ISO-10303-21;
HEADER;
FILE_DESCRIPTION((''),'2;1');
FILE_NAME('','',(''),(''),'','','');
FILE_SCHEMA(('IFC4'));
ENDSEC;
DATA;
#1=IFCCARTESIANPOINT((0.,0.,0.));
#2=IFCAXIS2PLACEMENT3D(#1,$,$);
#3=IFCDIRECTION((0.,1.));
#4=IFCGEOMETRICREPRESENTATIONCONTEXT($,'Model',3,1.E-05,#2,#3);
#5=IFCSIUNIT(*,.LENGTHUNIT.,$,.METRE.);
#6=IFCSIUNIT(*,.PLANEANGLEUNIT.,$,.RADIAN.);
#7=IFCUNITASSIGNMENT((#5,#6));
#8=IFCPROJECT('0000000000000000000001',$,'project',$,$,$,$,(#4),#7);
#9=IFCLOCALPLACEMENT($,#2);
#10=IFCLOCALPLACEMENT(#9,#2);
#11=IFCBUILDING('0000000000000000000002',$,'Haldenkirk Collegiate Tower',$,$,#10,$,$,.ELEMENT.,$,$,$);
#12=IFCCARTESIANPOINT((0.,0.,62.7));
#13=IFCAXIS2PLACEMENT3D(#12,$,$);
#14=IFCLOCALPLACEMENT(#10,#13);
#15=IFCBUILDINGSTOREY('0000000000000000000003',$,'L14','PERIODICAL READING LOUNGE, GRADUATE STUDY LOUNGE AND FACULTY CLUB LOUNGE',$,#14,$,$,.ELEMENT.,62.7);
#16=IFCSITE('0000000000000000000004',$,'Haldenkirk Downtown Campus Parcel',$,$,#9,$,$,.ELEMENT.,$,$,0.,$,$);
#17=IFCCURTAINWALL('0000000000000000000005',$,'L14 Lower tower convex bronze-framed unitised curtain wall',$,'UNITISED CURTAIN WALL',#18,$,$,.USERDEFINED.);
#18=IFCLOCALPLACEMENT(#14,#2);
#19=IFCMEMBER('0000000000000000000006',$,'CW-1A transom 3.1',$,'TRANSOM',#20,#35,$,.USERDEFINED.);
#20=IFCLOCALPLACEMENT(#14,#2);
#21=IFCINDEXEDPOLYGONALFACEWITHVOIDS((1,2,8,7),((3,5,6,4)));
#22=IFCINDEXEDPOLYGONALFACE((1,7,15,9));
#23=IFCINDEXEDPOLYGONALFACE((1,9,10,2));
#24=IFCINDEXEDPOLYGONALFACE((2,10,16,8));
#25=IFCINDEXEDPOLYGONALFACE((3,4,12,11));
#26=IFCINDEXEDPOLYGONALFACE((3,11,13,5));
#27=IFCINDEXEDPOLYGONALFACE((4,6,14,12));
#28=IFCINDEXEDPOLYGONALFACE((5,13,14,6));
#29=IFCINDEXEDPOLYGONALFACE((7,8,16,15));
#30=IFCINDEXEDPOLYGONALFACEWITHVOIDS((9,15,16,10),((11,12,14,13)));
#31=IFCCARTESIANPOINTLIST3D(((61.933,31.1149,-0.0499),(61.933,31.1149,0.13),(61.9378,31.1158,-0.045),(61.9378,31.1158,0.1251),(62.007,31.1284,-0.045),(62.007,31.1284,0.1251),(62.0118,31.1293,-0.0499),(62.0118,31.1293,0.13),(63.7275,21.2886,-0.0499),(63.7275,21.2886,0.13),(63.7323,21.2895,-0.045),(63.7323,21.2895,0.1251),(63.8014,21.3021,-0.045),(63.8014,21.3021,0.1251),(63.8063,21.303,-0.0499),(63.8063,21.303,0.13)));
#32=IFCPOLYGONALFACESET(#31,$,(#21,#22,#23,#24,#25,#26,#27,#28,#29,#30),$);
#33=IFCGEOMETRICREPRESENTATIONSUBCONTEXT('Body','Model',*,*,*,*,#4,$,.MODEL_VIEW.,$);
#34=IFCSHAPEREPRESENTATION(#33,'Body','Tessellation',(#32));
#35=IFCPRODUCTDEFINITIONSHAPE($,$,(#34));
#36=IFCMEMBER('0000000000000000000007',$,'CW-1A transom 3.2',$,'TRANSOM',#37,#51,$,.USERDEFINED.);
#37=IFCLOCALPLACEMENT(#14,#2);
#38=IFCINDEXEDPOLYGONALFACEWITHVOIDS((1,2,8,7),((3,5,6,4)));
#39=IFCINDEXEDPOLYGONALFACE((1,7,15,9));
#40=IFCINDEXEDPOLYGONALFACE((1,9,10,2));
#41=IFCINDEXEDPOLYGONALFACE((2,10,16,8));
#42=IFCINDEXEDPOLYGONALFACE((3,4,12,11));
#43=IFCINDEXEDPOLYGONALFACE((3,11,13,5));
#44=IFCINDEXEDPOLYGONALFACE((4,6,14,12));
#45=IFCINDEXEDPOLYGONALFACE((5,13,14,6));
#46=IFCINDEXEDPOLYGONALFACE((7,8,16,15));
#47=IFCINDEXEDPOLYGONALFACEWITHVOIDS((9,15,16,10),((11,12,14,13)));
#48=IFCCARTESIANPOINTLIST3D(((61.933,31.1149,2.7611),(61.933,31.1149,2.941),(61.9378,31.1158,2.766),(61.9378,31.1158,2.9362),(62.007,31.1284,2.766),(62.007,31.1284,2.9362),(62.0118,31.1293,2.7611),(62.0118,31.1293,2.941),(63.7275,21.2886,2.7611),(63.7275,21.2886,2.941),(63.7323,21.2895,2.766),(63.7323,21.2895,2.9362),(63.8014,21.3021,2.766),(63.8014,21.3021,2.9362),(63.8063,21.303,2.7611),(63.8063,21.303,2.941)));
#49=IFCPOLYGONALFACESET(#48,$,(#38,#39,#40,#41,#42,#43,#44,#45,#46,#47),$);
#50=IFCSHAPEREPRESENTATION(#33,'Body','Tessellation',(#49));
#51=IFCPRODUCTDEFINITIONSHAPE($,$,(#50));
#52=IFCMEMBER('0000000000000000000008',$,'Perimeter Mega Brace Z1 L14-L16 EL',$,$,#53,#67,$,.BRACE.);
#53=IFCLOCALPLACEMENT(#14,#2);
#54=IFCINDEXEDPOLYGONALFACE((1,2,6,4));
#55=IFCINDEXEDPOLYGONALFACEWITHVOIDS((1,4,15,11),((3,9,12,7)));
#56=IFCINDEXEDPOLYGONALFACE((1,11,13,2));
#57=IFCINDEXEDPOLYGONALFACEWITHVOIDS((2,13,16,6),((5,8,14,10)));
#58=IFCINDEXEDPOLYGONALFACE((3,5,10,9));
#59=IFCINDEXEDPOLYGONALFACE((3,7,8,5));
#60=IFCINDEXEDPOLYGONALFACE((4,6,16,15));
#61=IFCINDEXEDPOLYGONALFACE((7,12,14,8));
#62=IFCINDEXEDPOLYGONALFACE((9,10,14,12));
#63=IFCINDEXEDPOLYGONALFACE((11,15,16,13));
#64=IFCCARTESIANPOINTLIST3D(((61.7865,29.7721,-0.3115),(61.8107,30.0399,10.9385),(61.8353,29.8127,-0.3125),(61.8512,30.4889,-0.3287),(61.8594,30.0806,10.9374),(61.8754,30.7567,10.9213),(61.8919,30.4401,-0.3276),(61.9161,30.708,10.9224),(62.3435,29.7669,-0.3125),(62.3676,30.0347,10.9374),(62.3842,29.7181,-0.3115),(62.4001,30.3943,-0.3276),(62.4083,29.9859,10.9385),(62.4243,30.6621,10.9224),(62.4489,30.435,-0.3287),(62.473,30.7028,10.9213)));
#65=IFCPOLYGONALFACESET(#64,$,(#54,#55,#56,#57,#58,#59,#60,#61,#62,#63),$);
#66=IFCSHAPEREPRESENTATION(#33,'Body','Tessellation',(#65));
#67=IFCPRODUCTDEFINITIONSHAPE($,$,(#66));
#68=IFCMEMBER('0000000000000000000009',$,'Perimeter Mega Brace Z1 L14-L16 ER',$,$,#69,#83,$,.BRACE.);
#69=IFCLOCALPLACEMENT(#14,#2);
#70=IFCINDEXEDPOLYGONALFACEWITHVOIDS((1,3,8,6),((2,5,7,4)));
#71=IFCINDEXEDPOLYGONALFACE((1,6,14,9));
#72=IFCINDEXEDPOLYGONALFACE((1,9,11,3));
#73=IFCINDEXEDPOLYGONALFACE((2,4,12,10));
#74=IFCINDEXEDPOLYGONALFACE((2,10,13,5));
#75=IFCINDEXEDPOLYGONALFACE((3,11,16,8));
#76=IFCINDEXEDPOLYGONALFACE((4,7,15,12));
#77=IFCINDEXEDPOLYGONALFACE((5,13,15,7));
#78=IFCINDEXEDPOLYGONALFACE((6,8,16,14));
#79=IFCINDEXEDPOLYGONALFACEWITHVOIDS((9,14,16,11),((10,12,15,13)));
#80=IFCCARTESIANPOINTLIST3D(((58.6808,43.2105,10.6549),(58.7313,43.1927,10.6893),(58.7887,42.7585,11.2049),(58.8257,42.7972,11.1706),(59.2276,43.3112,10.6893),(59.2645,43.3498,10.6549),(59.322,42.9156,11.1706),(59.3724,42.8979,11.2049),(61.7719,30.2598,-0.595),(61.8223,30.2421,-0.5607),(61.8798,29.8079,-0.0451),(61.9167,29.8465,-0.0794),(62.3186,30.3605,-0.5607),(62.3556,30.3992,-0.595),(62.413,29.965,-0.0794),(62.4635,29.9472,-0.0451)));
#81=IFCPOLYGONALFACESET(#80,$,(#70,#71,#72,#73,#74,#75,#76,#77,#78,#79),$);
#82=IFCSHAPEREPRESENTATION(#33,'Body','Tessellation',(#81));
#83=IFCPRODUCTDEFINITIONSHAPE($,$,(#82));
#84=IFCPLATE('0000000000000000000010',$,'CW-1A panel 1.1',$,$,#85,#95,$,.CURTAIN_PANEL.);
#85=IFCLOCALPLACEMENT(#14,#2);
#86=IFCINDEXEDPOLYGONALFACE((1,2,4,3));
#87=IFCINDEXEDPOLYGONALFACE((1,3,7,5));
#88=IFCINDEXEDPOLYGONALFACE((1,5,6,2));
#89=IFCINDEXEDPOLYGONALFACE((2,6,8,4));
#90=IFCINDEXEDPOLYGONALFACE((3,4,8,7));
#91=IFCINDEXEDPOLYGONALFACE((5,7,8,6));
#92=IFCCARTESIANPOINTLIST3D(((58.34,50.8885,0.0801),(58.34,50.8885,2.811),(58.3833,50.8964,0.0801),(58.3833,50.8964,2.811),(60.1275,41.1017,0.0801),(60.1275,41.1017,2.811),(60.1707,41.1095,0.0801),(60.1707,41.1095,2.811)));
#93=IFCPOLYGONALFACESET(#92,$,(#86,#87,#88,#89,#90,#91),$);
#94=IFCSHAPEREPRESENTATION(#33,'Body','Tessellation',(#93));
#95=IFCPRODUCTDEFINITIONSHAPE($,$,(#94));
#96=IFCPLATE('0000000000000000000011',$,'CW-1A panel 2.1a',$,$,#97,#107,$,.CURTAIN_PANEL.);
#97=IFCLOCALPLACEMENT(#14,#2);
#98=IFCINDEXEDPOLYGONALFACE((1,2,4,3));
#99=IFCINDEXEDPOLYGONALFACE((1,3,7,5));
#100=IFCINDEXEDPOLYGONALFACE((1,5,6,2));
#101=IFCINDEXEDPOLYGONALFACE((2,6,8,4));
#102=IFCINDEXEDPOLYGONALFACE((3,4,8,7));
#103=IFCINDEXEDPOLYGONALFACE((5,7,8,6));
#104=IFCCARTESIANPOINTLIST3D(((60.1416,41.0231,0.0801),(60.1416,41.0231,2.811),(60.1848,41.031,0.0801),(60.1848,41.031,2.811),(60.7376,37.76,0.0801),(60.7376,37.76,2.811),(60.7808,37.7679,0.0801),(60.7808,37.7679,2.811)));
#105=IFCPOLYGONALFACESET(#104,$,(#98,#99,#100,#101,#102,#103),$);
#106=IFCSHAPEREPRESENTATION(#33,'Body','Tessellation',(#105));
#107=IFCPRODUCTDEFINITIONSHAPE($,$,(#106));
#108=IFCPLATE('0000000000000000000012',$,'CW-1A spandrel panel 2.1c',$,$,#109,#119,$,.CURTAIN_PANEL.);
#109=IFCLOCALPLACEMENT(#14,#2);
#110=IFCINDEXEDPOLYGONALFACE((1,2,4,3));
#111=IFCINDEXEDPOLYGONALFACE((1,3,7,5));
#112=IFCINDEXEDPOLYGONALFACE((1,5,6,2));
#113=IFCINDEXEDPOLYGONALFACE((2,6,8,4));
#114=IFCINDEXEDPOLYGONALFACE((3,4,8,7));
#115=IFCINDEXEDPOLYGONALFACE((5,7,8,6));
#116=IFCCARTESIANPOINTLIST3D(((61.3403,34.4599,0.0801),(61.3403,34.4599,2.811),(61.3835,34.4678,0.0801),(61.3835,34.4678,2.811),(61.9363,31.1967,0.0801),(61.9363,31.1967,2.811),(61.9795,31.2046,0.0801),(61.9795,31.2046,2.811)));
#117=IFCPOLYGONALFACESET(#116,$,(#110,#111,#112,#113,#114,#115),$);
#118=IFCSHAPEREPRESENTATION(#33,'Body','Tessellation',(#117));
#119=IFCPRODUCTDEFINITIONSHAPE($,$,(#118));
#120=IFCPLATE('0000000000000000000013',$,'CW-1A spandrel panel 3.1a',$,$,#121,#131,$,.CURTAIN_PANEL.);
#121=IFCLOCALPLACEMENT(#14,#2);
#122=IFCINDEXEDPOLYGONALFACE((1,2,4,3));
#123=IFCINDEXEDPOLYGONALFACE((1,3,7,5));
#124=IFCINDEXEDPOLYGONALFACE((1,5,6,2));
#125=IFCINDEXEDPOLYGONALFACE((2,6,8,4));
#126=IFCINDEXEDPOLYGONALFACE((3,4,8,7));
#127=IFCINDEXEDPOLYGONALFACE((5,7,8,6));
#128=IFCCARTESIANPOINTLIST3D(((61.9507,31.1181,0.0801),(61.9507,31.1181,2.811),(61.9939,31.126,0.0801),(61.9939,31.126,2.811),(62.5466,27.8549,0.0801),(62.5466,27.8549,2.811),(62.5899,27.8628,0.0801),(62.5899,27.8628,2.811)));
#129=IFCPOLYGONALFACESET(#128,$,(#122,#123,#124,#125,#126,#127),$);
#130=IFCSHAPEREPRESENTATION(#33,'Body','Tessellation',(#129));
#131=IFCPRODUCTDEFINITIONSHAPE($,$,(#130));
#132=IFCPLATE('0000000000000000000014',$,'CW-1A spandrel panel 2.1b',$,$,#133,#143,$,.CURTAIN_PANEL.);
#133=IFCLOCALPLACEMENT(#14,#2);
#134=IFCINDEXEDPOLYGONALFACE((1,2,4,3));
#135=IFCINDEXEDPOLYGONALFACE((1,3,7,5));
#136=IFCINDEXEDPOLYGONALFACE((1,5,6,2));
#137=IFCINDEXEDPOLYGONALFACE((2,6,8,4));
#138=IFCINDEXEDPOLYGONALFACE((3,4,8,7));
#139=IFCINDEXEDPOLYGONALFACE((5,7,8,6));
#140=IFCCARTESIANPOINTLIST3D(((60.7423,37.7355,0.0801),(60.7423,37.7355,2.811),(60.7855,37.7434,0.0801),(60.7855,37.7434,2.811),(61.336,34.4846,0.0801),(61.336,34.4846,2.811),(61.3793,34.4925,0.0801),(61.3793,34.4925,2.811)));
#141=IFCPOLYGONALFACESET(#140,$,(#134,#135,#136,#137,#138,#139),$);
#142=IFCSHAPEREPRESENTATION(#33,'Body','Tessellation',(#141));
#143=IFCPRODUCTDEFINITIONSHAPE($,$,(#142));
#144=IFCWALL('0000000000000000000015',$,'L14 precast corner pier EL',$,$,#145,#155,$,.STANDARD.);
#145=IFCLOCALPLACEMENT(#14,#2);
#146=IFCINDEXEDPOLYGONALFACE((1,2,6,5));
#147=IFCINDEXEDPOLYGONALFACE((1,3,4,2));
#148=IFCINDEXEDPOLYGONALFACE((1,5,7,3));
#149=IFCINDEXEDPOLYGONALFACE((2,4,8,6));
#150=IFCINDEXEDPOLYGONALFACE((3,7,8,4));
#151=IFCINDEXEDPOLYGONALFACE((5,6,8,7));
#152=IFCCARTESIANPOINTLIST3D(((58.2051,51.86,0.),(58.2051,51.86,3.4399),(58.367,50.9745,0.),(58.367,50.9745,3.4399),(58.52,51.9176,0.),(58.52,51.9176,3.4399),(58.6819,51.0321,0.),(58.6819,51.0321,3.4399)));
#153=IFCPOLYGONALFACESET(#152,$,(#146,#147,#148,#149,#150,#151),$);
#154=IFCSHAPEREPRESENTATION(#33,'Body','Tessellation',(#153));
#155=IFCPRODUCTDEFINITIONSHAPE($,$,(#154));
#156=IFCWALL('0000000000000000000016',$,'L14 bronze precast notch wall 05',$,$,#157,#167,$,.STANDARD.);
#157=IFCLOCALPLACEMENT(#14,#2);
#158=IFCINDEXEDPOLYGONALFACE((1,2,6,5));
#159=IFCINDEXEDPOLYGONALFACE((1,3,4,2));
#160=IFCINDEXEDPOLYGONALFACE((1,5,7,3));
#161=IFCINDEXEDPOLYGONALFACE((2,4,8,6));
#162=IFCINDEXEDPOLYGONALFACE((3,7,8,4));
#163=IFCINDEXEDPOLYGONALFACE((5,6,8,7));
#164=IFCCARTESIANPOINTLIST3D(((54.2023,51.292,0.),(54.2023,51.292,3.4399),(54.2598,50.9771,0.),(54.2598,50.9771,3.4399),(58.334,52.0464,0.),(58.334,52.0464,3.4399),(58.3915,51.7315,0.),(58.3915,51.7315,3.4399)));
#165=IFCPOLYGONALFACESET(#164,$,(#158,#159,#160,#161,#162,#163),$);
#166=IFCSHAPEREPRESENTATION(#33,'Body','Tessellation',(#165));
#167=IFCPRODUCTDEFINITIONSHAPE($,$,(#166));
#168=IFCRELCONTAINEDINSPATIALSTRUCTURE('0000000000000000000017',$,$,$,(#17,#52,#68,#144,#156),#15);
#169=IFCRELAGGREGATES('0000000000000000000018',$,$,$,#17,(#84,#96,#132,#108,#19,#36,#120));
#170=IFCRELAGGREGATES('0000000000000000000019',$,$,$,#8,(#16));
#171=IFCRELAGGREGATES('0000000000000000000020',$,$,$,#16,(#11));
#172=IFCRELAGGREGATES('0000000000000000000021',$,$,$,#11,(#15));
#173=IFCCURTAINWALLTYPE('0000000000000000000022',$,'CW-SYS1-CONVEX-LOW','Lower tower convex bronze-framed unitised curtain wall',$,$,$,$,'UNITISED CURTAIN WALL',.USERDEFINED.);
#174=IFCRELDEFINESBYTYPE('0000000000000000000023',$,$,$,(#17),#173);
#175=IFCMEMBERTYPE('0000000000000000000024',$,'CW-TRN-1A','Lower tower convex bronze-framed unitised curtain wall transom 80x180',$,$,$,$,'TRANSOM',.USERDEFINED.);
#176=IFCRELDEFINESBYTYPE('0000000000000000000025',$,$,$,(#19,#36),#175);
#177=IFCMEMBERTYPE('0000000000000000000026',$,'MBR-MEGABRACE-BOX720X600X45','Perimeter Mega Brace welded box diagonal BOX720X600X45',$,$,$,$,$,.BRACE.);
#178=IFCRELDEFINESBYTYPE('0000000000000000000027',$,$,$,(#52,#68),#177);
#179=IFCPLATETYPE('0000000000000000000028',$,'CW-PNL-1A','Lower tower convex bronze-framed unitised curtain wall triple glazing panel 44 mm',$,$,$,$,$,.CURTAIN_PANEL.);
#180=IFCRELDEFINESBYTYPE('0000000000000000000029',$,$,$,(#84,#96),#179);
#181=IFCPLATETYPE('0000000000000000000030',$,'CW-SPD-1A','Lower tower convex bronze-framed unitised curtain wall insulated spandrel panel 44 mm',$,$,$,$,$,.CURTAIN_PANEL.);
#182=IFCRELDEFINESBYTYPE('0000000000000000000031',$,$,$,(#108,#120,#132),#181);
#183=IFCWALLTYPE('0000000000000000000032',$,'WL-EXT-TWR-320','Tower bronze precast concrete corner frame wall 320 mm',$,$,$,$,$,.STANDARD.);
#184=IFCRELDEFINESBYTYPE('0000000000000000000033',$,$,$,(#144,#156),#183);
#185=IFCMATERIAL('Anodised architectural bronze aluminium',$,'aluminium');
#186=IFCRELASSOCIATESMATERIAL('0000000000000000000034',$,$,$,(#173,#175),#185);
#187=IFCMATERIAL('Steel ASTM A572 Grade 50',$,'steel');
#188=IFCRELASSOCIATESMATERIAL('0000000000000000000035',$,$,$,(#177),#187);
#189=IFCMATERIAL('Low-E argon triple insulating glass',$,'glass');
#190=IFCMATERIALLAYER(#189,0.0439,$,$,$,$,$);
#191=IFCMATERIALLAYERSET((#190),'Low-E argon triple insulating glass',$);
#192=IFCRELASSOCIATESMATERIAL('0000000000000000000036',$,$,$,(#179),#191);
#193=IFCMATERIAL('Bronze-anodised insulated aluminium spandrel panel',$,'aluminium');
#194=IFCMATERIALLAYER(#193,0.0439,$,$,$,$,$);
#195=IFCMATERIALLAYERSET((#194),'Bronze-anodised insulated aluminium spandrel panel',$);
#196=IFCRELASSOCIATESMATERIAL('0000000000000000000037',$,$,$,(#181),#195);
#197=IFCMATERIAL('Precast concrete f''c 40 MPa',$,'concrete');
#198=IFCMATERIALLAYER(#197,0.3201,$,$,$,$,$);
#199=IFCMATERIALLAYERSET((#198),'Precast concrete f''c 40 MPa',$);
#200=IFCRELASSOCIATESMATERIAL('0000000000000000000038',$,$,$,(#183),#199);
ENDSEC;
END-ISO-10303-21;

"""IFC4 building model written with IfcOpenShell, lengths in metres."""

from ifc_helpers import new_model, si_unit, direction, frame, frame_2d, origin, origin_2d, place, context, subcontext, project, spatial, rectangle, hollow_rectangle, extrude, source, transform, mapped, material, layer, layer_set, material_profile, profile_set, type_object, element, aggregate, save


model = new_model("IFC4")

# Units and contexts
model_context = context("Model", 3, precision=1e-05, world=origin(), true_north=direction((0.0, 1.0)))
body_context = subcontext(model_context, "Body", "Model", "MODEL_VIEW")
ifc_project = project(units=[si_unit("LENGTHUNIT", "METRE"), si_unit("PLANEANGLEUNIT", "RADIAN")], contexts=[model_context])

# Site, building, storey
site_placement = place(None, origin())
site = spatial("IfcSite", under=ifc_project, at=site_placement, Name="Haldenkirk Downtown Campus Parcel", CompositionType="ELEMENT", RefElevation=0.0)
building_placement = place(site_placement, origin())
building = spatial("IfcBuilding", under=site, at=building_placement, Name="Haldenkirk Collegiate Tower", CompositionType="ELEMENT")
storey_placement = place(building_placement, frame((0.0, 0.0, 62.7)))
storey = spatial("IfcBuildingStorey", under=building, at=storey_placement, Name="L14", Description="PERIODICAL READING LOUNGE, GRADUATE STUDY LOUNGE AND FACULTY CLUB LOUNGE", CompositionType="ELEMENT", Elevation=62.7)

# Shared definitions
ifc_material_1 = material(Name="Steel ASTM A572 Grade 50", Category="steel")

# Curtain wall
ifc_material_2 = material(Name="Anodised architectural bronze aluminium", Category="aluminium")
curtain_wall_type = type_object("IfcCurtainWallType", Name="CW-SYS1-CONVEX-LOW", Description="Lower tower convex bronze-framed unitised curtain wall", ElementType="UNITISED CURTAIN WALL", PredefinedType="USERDEFINED", material=ifc_material_2)
curtain_wall_1_placement = place(storey_placement, origin())
curtain_wall_1 = element("IfcCurtainWall", 1, at=curtain_wall_1_placement, inside=storey, type_object=curtain_wall_type, Name="L14 Lower tower convex bronze-framed unitised curtain wall", ObjectType="UNITISED CURTAIN WALL", PredefinedType="USERDEFINED")

# Members
ifc_material_profile_1 = material_profile(ifc_material_2, hollow_rectangle(XDim=0.0801, YDim=0.1799, WallThickness=0.0049, at=origin_2d()), Name="CW-TRN-1A")
ifc_profile_set_1 = profile_set([ifc_material_profile_1], Name="Anodised architectural bronze aluminium")
member_type_1 = type_object("IfcMemberType", Name="CW-TRN-1A", Description="Lower tower convex bronze-framed unitised curtain wall transom 80x180", ElementType="TRANSOM", PredefinedType="USERDEFINED", material=ifc_profile_set_1)
member_1_placement = place(storey_placement, frame((61.9724, 31.1221, 0.04), z_axis=(0.179647, -0.983731, 0.0), x_axis=(0.983731, 0.179647, 0.0)))
member_1 = element("IfcMember", 2, at=member_1_placement, type_object=member_type_1, Name="CW-1A transom 3.1", ObjectType="TRANSOM", PredefinedType="USERDEFINED", context=body_context, shape_type="SweptSolid", body=[
    extrude(hollow_rectangle(XDim=0.0801, YDim=0.1799, WallThickness=0.0049, at=origin_2d()), origin(), (0.0, 0.0, 1.0), 9.9888),
])
member_2_placement = place(storey_placement, frame((61.9724, 31.1221, 2.8511), z_axis=(0.179647, -0.983731, 0.0), x_axis=(0.983731, 0.179647, 0.0)))
member_2 = element("IfcMember", 3, at=member_2_placement, type_object=member_type_1, Name="CW-1A transom 3.2", ObjectType="TRANSOM", PredefinedType="USERDEFINED", context=body_context, shape_type="SweptSolid", body=[
    extrude(hollow_rectangle(XDim=0.0801, YDim=0.1799, WallThickness=0.0049, at=origin_2d()), origin(), (0.0, 0.0, 1.0), 9.9888),
])

# Members
ifc_material_profile_2 = material_profile(ifc_material_1, hollow_rectangle(XDim=0.6001, YDim=0.72, WallThickness=0.0449, at=origin_2d()), Name="BOX720X600X45")
ifc_profile_set_2 = profile_set([ifc_material_profile_2], Name="Steel ASTM A572 Grade 50")
member_type_2 = type_object("IfcMemberType", Name="MBR-MEGABRACE-BOX720X600X45", Description="Perimeter Mega Brace welded box diagonal BOX720X600X45", PredefinedType="BRACE", material=ifc_profile_set_2)
member_3_placement = place(storey_placement, frame((62.1177, 30.1035, -0.3201), z_axis=(0.002148, 0.0238, 0.999714), x_axis=(-0.995953, 0.089881, 0.0)))
element("IfcMember", 4, at=member_3_placement, inside=storey, type_object=member_type_2, Name="Perimeter Mega Brace Z1 L14-L16 EL", PredefinedType="BRACE", context=body_context, shape_type="SweptSolid", body=[
    extrude(hollow_rectangle(XDim=0.6001, YDim=0.72, WallThickness=0.0449, at=origin_2d()), origin(), (0.0, 0.0, 1.0), 11.2532),
])
member_4_placement = place(storey_placement, frame((62.1177, 30.1035, -0.3201), z_axis=(-0.177332, 0.742971, 0.645404), x_axis=(-0.972678, -0.232158, 0.0)))
element("IfcMember", 5, at=member_4_placement, inside=storey, type_object=member_type_2, Name="Perimeter Mega Brace Z1 L14-L16 ER", PredefinedType="BRACE", context=body_context, shape_type="SweptSolid", body=[
    extrude(hollow_rectangle(XDim=0.6001, YDim=0.72, WallThickness=0.0449, at=origin_2d()), origin(), (0.0, 0.0, 1.0), 17.4309),
])

# Plates
ifc_material_3 = material(Name="Low-E argon triple insulating glass", Category="glass")
ifc_layer_1 = layer(ifc_material_3, 0.0439)
ifc_layer_set_1 = layer_set([ifc_layer_1], Name="Low-E argon triple insulating glass")
plate_type_1 = type_object("IfcPlateType", Name="CW-PNL-1A", Description="Lower tower convex bronze-framed unitised curtain wall triple glazing panel 44 mm", PredefinedType="CURTAIN_PANEL", material=ifc_layer_set_1)
shared_shape_1 = source(origin(), body_context, "Body", "SweptSolid", [
    extrude(rectangle(XDim=9.9487, YDim=0.0439, at=origin_2d()), origin(), (0.0, 0.0, 1.0), 2.731),
])
plate_1_placement = place(storey_placement, frame((59.2554, 45.999, 0.0801), z_axis=(0.0, 0.0, 1.0), x_axis=(0.179663, -0.983728, 0.0)))
plate_1 = element("IfcPlate", 6, at=plate_1_placement, type_object=plate_type_1, Name="CW-1A panel 1.1", PredefinedType="CURTAIN_PANEL", context=body_context, shape_type="MappedRepresentation", body=[
    mapped(shared_shape_1, transform((0.0, 0.0, 0.0), x_axis=(1.0, 0.0, 0.0), y_axis=(0.0, 1.0, 0.0), z_axis=(0.0, 0.0, 1.0), scale=1.0)),
])
shared_shape_2 = source(origin(), body_context, "Body", "SweptSolid", [
    extrude(rectangle(XDim=3.3171, YDim=0.0439, at=origin_2d()), origin(), (0.0, 0.0, 1.0), 2.731),
])
plate_2_placement = place(storey_placement, frame((60.4612, 39.3955, 0.0801), z_axis=(0.0, 0.0, 1.0), x_axis=(0.179663, -0.983728, 0.0)))
plate_2 = element("IfcPlate", 7, at=plate_2_placement, type_object=plate_type_1, Name="CW-1A panel 2.1a", PredefinedType="CURTAIN_PANEL", context=body_context, shape_type="MappedRepresentation", body=[
    mapped(shared_shape_2, transform((0.0, 0.0, 0.0), x_axis=(1.0, 0.0, 0.0), y_axis=(0.0, 1.0, 0.0), z_axis=(0.0, 0.0, 1.0), scale=1.0)),
])
ifc_material_4 = material(Name="Bronze-anodised insulated aluminium spandrel panel", Category="aluminium")
ifc_layer_2 = layer(ifc_material_4, 0.0439)
ifc_layer_set_2 = layer_set([ifc_layer_2], Name="Bronze-anodised insulated aluminium spandrel panel")
plate_type_2 = type_object("IfcPlateType", Name="CW-SPD-1A", Description="Lower tower convex bronze-framed unitised curtain wall insulated spandrel panel 44 mm", PredefinedType="CURTAIN_PANEL", material=ifc_layer_set_2)
plate_3_placement = place(storey_placement, frame((61.6599, 32.8323, 0.0801), z_axis=(0.0, 0.0, 1.0), x_axis=(0.179663, -0.983728, 0.0)))
plate_3 = element("IfcPlate", 8, at=plate_3_placement, type_object=plate_type_2, Name="CW-1A spandrel panel 2.1c", PredefinedType="CURTAIN_PANEL", context=body_context, shape_type="MappedRepresentation", body=[
    mapped(shared_shape_2, transform((0.0, 0.0, 0.0), x_axis=(1.0, 0.0, 0.0), y_axis=(0.0, 1.0, 0.0), z_axis=(0.0, 0.0, 1.0), scale=1.0)),
])
plate_4_placement = place(storey_placement, frame((62.2703, 29.4905, 0.0801), z_axis=(0.0, 0.0, 1.0), x_axis=(0.179663, -0.983728, 0.0)))
plate_4 = element("IfcPlate", 9, at=plate_4_placement, type_object=plate_type_2, Name="CW-1A spandrel panel 3.1a", PredefinedType="CURTAIN_PANEL", context=body_context, shape_type="MappedRepresentation", body=[
    mapped(shared_shape_2, transform((0.0, 0.0, 0.0), x_axis=(1.0, 0.0, 0.0), y_axis=(0.0, 1.0, 0.0), z_axis=(0.0, 0.0, 1.0), scale=1.0)),
])
shared_shape_3 = source(origin(), body_context, "Body", "SweptSolid", [
    extrude(rectangle(XDim=3.3047, YDim=0.0439, at=origin_2d()), origin(), (0.0, 0.0, 1.0), 2.731),
])
plate_5_placement = place(storey_placement, frame((61.0608, 36.114, 0.0801), z_axis=(0.0, 0.0, 1.0), x_axis=(0.179663, -0.983728, 0.0)))
plate_5 = element("IfcPlate", 10, at=plate_5_placement, type_object=plate_type_2, Name="CW-1A spandrel panel 2.1b", PredefinedType="CURTAIN_PANEL", context=body_context, shape_type="MappedRepresentation", body=[
    mapped(shared_shape_3, transform((0.0, 0.0, 0.0), x_axis=(1.0, 0.0, 0.0), y_axis=(0.0, 1.0, 0.0), z_axis=(0.0, 0.0, 1.0), scale=1.0)),
])
aggregate(curtain_wall_1, [plate_1, plate_2, plate_5, plate_3, member_1, member_2, plate_4])

# Walls
ifc_material_5 = material(Name="Precast concrete f'c 40 MPa", Category="concrete")
ifc_layer_3 = layer(ifc_material_5, 0.3201)
ifc_layer_set_3 = layer_set([ifc_layer_3], Name="Precast concrete f'c 40 MPa")
wall_type_1 = type_object("IfcWallType", Name="WL-EXT-TWR-320", Description="Tower bronze precast concrete corner frame wall 320 mm", PredefinedType="STANDARD", material=ifc_layer_set_3)
wall_1_placement = place(storey_placement, frame((58.3625, 51.8889, 0.0), z_axis=(0.0, 0.0, 1.0), x_axis=(0.179816, -0.9837, 0.0)))
element("IfcWall", 11, at=wall_1_placement, inside=storey, type_object=wall_type_1, Name="L14 precast corner pier EL", PredefinedType="STANDARD", context=body_context, shape_type="SweptSolid", body=[
    extrude(rectangle(XDim=0.9001, YDim=0.3201, at=frame_2d((0.4502, 0.0))), origin(), (0.0, 0.0, 1.0), 3.4399),
])
wall_2_placement = place(storey_placement, frame((54.231, 51.1345, 0.0), z_axis=(0.0, 0.0, 1.0), x_axis=(0.983736, 0.179622, 0.0)))
element("IfcWall", 12, at=wall_2_placement, inside=storey, type_object=wall_type_1, Name="L14 bronze precast notch wall 05", PredefinedType="STANDARD", context=body_context, shape_type="SweptSolid", body=[
    extrude(rectangle(XDim=4.2, YDim=0.3201, at=frame_2d((2.1001, 0.0))), origin(), (0.0, 0.0, 1.0), 3.4399),
])

save(model, "model.ifc")
